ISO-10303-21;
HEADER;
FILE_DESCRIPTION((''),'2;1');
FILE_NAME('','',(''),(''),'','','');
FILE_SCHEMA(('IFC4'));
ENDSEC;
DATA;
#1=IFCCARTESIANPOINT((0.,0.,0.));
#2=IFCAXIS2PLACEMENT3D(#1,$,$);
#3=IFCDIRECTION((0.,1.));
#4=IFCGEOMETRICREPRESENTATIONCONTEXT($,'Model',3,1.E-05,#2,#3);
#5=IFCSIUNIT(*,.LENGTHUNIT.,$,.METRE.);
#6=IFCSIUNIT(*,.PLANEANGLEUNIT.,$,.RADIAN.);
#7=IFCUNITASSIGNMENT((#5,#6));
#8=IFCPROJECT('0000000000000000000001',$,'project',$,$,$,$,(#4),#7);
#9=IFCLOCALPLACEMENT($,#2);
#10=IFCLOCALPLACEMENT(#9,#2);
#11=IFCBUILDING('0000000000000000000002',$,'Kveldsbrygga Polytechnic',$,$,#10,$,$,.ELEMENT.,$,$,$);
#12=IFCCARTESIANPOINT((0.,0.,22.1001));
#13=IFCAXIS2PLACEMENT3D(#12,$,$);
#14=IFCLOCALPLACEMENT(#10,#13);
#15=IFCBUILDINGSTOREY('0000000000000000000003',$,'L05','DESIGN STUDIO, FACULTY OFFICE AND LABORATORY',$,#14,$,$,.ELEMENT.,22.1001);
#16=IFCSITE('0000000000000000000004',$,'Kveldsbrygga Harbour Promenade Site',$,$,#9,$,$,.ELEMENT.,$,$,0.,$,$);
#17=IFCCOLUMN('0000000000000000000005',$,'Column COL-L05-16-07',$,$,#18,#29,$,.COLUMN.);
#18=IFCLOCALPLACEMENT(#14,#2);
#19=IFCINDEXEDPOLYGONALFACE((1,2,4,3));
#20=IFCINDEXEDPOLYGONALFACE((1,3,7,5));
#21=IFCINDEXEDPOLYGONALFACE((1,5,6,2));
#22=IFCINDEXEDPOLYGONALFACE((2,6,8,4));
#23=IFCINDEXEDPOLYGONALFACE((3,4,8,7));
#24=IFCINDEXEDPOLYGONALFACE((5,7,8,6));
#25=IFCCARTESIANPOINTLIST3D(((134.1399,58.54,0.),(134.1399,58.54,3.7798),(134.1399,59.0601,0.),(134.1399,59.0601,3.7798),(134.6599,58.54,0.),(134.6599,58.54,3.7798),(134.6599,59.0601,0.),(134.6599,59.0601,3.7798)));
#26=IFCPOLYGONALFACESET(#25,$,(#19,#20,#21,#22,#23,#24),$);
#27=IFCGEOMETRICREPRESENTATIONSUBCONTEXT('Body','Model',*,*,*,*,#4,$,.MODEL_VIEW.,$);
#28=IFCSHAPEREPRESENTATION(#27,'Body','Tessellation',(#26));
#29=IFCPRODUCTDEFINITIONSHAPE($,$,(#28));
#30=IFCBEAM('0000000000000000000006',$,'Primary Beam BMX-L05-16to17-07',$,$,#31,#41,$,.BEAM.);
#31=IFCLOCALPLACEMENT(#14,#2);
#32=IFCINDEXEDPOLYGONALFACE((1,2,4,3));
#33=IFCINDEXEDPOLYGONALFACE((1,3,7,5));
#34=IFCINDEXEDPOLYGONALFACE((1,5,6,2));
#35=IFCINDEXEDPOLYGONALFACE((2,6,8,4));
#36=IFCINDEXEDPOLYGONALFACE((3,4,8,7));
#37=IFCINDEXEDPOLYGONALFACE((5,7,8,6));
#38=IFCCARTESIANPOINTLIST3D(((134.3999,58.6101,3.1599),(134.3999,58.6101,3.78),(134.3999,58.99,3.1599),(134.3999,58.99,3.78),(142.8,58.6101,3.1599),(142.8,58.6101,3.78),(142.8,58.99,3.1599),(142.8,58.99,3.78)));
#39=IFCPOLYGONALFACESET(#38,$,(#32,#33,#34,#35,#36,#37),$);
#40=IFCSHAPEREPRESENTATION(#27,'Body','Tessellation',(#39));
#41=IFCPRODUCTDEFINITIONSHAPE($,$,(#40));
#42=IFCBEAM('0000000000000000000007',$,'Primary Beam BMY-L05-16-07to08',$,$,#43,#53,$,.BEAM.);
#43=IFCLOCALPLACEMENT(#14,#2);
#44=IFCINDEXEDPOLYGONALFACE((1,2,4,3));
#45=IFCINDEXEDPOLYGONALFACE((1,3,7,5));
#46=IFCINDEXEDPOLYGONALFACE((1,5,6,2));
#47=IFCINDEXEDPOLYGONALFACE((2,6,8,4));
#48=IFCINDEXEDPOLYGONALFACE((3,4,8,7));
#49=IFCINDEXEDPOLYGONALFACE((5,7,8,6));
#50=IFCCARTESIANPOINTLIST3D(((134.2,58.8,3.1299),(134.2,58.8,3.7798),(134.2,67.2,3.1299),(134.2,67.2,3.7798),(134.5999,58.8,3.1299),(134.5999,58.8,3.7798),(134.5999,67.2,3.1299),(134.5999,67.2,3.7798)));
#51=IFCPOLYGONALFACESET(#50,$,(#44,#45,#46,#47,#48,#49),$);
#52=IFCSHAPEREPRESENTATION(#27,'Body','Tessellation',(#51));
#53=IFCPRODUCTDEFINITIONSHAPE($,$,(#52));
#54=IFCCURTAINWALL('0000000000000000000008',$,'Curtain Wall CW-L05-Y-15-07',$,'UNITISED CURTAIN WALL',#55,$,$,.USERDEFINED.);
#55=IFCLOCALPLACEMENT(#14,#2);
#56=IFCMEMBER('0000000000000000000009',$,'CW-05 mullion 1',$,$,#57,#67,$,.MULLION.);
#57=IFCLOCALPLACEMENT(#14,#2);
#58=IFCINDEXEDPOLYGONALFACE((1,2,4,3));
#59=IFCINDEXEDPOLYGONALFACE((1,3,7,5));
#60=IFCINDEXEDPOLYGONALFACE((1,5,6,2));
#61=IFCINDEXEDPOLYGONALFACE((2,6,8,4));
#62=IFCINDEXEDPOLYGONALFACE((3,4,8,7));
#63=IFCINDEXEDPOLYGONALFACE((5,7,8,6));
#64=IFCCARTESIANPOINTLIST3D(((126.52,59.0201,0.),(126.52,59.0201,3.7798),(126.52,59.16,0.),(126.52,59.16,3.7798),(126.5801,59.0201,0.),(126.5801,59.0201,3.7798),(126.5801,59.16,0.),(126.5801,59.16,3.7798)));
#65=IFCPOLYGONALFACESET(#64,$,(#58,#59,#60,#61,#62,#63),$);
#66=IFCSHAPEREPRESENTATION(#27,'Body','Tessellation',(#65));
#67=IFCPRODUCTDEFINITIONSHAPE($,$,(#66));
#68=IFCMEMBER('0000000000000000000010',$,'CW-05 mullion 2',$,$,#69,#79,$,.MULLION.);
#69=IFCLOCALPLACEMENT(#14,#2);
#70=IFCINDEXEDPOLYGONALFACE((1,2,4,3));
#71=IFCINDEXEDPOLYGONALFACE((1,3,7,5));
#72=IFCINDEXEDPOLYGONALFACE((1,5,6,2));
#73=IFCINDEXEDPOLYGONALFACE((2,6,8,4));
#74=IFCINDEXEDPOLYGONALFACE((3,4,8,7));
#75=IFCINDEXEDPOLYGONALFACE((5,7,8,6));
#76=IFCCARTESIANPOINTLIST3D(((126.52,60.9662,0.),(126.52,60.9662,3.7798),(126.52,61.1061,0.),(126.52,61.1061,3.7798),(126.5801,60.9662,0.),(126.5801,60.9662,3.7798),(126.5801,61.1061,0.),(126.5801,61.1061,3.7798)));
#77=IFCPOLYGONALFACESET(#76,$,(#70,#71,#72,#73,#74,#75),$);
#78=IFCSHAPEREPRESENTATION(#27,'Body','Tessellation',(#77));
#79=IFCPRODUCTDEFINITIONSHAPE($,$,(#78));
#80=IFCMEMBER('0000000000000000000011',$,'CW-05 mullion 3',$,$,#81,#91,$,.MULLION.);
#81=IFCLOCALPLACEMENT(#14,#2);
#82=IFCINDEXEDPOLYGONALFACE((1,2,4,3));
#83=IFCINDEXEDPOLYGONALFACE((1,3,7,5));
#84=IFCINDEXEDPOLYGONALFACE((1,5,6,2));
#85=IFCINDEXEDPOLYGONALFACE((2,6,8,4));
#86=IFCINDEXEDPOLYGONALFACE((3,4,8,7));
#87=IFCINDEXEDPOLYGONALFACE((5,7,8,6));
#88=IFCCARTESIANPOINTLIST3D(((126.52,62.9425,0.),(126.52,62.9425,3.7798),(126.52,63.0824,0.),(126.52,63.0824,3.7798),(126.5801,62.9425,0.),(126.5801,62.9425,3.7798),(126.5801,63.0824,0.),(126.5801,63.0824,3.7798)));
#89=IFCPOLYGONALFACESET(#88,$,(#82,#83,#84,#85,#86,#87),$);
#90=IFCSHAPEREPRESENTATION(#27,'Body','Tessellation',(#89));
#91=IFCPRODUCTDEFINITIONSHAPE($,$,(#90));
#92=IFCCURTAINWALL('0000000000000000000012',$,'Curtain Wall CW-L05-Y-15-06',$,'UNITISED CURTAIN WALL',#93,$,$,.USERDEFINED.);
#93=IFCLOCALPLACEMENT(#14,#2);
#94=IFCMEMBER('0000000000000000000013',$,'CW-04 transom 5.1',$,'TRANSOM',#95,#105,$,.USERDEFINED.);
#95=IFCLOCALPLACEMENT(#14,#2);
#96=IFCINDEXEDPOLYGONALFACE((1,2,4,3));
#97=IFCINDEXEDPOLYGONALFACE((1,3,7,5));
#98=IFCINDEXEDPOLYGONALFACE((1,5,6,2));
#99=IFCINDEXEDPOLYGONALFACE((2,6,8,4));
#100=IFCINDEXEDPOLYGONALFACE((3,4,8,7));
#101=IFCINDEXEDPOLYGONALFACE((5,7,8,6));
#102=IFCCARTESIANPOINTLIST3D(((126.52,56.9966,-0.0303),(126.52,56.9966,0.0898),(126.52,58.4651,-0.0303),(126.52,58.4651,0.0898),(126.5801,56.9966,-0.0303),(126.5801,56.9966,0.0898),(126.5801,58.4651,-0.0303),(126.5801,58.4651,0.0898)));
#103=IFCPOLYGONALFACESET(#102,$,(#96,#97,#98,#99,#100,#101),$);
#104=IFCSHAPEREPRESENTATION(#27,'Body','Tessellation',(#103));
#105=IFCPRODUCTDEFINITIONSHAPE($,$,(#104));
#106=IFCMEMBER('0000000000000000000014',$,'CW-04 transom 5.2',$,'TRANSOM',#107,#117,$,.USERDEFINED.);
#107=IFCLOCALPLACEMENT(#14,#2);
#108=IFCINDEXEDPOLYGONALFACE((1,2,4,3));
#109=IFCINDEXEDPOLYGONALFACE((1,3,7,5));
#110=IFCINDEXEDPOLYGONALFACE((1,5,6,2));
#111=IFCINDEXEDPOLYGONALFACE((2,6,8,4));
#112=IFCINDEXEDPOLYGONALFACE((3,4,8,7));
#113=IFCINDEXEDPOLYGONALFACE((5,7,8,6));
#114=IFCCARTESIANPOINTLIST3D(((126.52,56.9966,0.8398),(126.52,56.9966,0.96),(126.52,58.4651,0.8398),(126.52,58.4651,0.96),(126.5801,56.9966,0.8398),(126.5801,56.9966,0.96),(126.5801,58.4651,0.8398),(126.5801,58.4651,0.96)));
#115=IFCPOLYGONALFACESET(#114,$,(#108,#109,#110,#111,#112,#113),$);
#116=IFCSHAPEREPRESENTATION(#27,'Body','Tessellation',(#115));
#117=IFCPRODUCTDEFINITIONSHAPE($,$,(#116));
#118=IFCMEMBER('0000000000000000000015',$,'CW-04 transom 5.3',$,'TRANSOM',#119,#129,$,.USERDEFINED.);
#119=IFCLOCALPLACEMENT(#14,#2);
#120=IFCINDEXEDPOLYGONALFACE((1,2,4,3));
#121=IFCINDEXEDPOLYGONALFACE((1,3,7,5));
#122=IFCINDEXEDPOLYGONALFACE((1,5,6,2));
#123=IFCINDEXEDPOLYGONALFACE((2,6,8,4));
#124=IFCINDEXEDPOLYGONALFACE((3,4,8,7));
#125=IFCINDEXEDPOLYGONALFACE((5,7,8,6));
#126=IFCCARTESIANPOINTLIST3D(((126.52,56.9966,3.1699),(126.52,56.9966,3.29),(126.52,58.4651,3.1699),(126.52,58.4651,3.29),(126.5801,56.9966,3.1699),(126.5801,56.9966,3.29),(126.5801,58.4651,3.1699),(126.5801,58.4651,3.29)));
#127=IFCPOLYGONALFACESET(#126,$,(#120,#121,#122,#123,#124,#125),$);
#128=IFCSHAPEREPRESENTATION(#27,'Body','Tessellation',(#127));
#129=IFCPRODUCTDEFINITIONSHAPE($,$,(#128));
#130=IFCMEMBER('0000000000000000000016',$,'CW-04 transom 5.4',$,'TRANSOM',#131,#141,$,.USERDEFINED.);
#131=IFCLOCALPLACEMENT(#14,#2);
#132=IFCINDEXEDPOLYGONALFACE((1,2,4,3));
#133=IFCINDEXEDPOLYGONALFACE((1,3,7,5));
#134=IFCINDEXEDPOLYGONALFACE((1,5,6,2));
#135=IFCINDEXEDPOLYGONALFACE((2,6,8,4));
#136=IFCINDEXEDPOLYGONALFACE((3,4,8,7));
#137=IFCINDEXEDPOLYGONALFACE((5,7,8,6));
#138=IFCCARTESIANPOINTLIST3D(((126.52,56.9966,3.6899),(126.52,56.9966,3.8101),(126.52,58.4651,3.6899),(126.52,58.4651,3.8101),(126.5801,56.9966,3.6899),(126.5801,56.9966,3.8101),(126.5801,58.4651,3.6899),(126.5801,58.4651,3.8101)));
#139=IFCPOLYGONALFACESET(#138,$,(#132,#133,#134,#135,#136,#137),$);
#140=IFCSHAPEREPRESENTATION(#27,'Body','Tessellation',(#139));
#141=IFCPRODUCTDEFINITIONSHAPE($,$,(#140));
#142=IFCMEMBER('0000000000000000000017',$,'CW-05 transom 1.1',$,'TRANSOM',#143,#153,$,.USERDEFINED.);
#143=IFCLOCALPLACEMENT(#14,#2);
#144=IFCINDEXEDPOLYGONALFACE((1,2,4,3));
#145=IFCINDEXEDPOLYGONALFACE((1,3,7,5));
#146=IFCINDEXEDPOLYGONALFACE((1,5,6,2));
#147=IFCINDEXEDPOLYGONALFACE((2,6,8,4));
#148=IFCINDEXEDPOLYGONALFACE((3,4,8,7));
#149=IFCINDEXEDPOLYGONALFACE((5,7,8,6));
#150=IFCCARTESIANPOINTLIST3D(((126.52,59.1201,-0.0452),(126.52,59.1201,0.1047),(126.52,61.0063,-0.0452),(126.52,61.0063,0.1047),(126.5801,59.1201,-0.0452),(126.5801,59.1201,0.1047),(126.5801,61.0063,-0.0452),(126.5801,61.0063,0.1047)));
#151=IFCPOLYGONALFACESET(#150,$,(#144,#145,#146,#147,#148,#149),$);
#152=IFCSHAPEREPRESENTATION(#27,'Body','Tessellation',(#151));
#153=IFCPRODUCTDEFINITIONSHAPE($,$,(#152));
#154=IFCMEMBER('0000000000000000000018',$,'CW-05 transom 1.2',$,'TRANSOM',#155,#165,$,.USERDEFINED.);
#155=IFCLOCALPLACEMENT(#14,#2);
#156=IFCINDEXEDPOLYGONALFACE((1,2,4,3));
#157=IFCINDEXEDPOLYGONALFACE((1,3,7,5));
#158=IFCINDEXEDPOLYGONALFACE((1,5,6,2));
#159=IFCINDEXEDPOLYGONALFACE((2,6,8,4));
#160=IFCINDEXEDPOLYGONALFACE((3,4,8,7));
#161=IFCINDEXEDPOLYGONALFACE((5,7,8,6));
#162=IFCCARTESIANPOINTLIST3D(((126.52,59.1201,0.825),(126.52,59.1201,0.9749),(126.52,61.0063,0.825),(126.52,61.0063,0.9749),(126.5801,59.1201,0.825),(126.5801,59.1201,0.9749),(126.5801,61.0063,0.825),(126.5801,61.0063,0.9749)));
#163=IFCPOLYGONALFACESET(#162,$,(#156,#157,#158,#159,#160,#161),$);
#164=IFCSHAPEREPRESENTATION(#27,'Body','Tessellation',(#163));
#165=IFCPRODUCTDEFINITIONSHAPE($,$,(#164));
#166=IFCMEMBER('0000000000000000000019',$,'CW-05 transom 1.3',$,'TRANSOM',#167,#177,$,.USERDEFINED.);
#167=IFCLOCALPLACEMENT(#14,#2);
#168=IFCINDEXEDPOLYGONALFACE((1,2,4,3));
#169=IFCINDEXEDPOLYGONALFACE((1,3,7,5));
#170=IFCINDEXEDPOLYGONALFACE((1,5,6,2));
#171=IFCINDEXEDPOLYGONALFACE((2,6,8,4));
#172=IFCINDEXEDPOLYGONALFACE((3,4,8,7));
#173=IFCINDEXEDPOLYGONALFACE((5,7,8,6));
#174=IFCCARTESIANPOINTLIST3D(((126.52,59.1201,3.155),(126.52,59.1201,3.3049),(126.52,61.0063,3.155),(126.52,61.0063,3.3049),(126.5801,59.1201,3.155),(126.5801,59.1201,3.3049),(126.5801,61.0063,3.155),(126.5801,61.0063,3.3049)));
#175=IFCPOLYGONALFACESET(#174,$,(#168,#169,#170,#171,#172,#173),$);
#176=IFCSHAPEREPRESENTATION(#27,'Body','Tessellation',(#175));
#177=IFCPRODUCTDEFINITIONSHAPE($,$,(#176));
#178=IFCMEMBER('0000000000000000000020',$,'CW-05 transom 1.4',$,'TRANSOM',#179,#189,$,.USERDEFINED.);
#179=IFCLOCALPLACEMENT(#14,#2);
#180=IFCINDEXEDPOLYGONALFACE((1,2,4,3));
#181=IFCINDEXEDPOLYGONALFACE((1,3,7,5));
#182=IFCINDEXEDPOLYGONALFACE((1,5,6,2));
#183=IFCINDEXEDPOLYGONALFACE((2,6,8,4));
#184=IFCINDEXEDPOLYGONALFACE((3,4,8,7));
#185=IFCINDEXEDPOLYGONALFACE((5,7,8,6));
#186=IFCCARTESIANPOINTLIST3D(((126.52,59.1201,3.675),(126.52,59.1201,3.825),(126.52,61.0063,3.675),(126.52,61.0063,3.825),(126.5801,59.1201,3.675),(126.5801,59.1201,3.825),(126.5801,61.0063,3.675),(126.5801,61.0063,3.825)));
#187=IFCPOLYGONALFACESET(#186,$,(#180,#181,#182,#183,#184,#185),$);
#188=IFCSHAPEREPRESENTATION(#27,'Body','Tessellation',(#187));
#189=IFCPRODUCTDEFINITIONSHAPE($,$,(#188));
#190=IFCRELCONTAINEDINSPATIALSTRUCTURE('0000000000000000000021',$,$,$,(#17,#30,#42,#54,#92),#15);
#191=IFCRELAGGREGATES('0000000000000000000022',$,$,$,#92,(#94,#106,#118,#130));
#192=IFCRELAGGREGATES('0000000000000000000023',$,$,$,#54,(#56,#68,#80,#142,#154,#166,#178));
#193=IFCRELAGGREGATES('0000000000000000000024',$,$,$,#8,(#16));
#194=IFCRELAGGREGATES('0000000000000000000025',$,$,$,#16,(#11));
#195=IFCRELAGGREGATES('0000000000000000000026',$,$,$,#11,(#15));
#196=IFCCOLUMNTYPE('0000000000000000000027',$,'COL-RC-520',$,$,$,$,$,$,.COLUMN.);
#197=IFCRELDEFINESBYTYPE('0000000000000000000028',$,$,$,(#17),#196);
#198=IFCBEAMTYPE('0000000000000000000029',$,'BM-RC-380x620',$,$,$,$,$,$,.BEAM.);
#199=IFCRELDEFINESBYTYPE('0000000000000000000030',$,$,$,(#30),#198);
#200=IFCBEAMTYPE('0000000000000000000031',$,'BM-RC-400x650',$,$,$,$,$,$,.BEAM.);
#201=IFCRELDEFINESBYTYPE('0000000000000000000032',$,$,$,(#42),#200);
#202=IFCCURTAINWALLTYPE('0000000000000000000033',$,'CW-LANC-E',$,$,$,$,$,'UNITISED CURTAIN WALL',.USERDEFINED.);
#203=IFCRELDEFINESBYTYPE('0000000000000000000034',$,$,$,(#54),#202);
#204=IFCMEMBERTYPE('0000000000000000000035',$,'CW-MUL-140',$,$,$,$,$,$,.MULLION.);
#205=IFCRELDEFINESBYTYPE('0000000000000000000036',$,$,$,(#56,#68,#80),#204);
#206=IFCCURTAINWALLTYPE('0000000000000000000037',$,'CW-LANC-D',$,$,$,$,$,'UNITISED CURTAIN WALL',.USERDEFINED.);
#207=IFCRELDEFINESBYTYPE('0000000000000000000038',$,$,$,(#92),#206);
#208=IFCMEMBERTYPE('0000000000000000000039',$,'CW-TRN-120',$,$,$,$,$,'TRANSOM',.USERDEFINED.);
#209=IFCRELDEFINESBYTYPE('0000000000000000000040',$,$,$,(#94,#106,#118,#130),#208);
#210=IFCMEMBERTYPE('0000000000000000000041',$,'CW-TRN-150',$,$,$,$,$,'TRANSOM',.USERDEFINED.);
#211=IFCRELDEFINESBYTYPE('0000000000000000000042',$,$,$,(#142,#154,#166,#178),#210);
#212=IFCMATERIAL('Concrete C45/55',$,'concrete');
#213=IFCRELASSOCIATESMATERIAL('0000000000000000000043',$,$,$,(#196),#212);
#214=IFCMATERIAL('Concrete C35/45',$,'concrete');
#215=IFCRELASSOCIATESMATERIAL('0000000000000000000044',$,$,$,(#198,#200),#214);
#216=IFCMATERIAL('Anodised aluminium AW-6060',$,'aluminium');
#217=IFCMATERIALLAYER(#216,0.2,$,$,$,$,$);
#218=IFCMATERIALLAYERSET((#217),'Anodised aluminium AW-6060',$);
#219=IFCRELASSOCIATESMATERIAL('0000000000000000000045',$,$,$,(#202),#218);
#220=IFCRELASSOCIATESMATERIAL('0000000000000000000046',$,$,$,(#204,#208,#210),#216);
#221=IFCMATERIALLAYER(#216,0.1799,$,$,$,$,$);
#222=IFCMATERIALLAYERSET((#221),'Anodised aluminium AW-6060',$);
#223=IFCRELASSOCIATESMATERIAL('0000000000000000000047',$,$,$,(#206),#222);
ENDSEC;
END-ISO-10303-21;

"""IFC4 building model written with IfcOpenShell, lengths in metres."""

from ifc_helpers import new_model, si_unit, direction, frame, origin, origin_2d, place, context, subcontext, project, spatial, rectangle, extrude, material, layer, layer_set, material_profile, profile_set, type_object, element, aggregate, save


model = new_model("IFC4")

# Units and contexts
model_context = context("Model", 3, precision=1e-05, world=origin(), true_north=direction((0.0, 1.0)))
body_context = subcontext(model_context, "Body", "Model", "MODEL_VIEW")
ifc_project = project(units=[si_unit("LENGTHUNIT", "METRE"), si_unit("PLANEANGLEUNIT", "RADIAN")], contexts=[model_context])

# Site, building, storey
site_placement = place(None, origin())
site = spatial("IfcSite", under=ifc_project, at=site_placement, Name="Kveldsbrygga Harbour Promenade Site", CompositionType="ELEMENT", RefElevation=0.0)
building_placement = place(site_placement, origin())
building = spatial("IfcBuilding", under=site, at=building_placement, Name="Kveldsbrygga Polytechnic", CompositionType="ELEMENT")
storey_placement = place(building_placement, frame((0.0, 0.0, 22.1001)))
storey = spatial("IfcBuildingStorey", under=building, at=storey_placement, Name="L05", Description="DESIGN STUDIO, FACULTY OFFICE AND LABORATORY", CompositionType="ELEMENT", Elevation=22.1001)

# Column
ifc_material_1 = material(Name="Concrete C45/55", Category="concrete")
ifc_material_profile_1 = material_profile(ifc_material_1, rectangle(XDim=0.52, YDim=0.52, at=origin_2d()), Name="RC 520x520")
ifc_profile_set_1 = profile_set([ifc_material_profile_1], Name="Concrete C45/55")
column_type = type_object("IfcColumnType", Name="COL-RC-520", PredefinedType="COLUMN", material=ifc_profile_set_1)
column_placement = place(storey_placement, frame((134.3999, 58.8, 0.0), z_axis=(0.0, 0.0, 1.0), x_axis=(1.0, 0.0, 0.0)))
element("IfcColumn", 1, at=column_placement, inside=storey, type_object=column_type, Name="Column COL-L05-16-07", PredefinedType="COLUMN", context=body_context, shape_type="SweptSolid", body=[
    extrude(rectangle(XDim=0.52, YDim=0.52, at=origin_2d()), origin(), (0.0, 0.0, 1.0), 3.7798),
])

# Beams
ifc_material_2 = material(Name="Concrete C35/45", Category="concrete")
ifc_material_profile_2 = material_profile(ifc_material_2, rectangle(XDim=0.3799, YDim=0.6201, at=origin_2d()), Name="RC 380x620")
ifc_profile_set_2 = profile_set([ifc_material_profile_2], Name="Concrete C35/45")
beam_type_1 = type_object("IfcBeamType", Name="BM-RC-380x620", PredefinedType="BEAM", material=ifc_profile_set_2)
beam_1_placement = place(storey_placement, frame((134.3999, 58.8, 3.47), z_axis=(1.0, 0.0, 0.0), x_axis=(0.0, 1.0, 0.0)))
element("IfcBeam", 2, at=beam_1_placement, inside=storey, type_object=beam_type_1, Name="Primary Beam BMX-L05-16to17-07", PredefinedType="BEAM", context=body_context, shape_type="SweptSolid", body=[
    extrude(rectangle(XDim=0.3799, YDim=0.6201, at=origin_2d()), origin(), (0.0, 0.0, 1.0), 8.4001),
])
ifc_material_profile_3 = material_profile(ifc_material_2, rectangle(XDim=0.3999, YDim=0.6499, at=origin_2d()), Name="RC 400x650")
ifc_profile_set_3 = profile_set([ifc_material_profile_3], Name="Concrete C35/45")
beam_type_2 = type_object("IfcBeamType", Name="BM-RC-400x650", PredefinedType="BEAM", material=ifc_profile_set_3)
beam_2_placement = place(storey_placement, frame((134.3999, 58.8, 3.4548), z_axis=(0.0, 1.0, 0.0), x_axis=(-1.0, 0.0, 0.0)))
element("IfcBeam", 3, at=beam_2_placement, inside=storey, type_object=beam_type_2, Name="Primary Beam BMY-L05-16-07to08", PredefinedType="BEAM", context=body_context, shape_type="SweptSolid", body=[
    extrude(rectangle(XDim=0.3999, YDim=0.6499, at=origin_2d()), origin(), (0.0, 0.0, 1.0), 8.3999),
])

# Curtain walls, members
ifc_material_3 = material(Name="Anodised aluminium AW-6060", Category="aluminium")
ifc_layer_1 = layer(ifc_material_3, 0.2)
ifc_layer_set_1 = layer_set([ifc_layer_1], Name="Anodised aluminium AW-6060")
curtain_wall_type_1 = type_object("IfcCurtainWallType", Name="CW-LANC-E", ElementType="UNITISED CURTAIN WALL", PredefinedType="USERDEFINED", material=ifc_layer_set_1)
curtain_wall_1_placement = place(storey_placement, origin())
curtain_wall_1 = element("IfcCurtainWall", 4, at=curtain_wall_1_placement, inside=storey, type_object=curtain_wall_type_1, Name="Curtain Wall CW-L05-Y-15-07", ObjectType="UNITISED CURTAIN WALL", PredefinedType="USERDEFINED")
ifc_material_profile_4 = material_profile(ifc_material_3, rectangle(XDim=0.0601, YDim=0.1399, at=origin_2d()), Name="ALU 60x140")
ifc_profile_set_4 = profile_set([ifc_material_profile_4], Name="Anodised aluminium AW-6060")
member_type_1 = type_object("IfcMemberType", Name="CW-MUL-140", PredefinedType="MULLION", material=ifc_profile_set_4)
member_1_placement = place(storey_placement, frame((126.55, 59.0901, 0.0), z_axis=(0.0, 0.0, 1.0), x_axis=(-1.0, 0.0, 0.0)))
member_1 = element("IfcMember", 5, at=member_1_placement, type_object=member_type_1, Name="CW-05 mullion 1", PredefinedType="MULLION", context=body_context, shape_type="SweptSolid", body=[
    extrude(rectangle(XDim=0.0601, YDim=0.1399, at=origin_2d()), origin(), (0.0, 0.0, 1.0), 3.7798),
])
member_2_placement = place(storey_placement, frame((126.55, 61.0361, 0.0), z_axis=(0.0, 0.0, 1.0), x_axis=(-1.0, 0.0, 0.0)))
member_2 = element("IfcMember", 6, at=member_2_placement, type_object=member_type_1, Name="CW-05 mullion 2", PredefinedType="MULLION", context=body_context, shape_type="SweptSolid", body=[
    extrude(rectangle(XDim=0.0601, YDim=0.1399, at=origin_2d()), origin(), (0.0, 0.0, 1.0), 3.7798),
])
member_3_placement = place(storey_placement, frame((126.55, 63.0125, 0.0), z_axis=(0.0, 0.0, 1.0), x_axis=(-1.0, 0.0, 0.0)))
member_3 = element("IfcMember", 7, at=member_3_placement, type_object=member_type_1, Name="CW-05 mullion 3", PredefinedType="MULLION", context=body_context, shape_type="SweptSolid", body=[
    extrude(rectangle(XDim=0.0601, YDim=0.1399, at=origin_2d()), origin(), (0.0, 0.0, 1.0), 3.7798),
])
ifc_layer_2 = layer(ifc_material_3, 0.1799)
ifc_layer_set_2 = layer_set([ifc_layer_2], Name="Anodised aluminium AW-6060")
curtain_wall_type_2 = type_object("IfcCurtainWallType", Name="CW-LANC-D", ElementType="UNITISED CURTAIN WALL", PredefinedType="USERDEFINED", material=ifc_layer_set_2)
curtain_wall_2_placement = place(storey_placement, origin())
curtain_wall_2 = element("IfcCurtainWall", 8, at=curtain_wall_2_placement, inside=storey, type_object=curtain_wall_type_2, Name="Curtain Wall CW-L05-Y-15-06", ObjectType="UNITISED CURTAIN WALL", PredefinedType="USERDEFINED")
ifc_material_profile_5 = material_profile(ifc_material_3, rectangle(XDim=0.0601, YDim=0.1201, at=origin_2d()), Name="ALU 60x120")
ifc_profile_set_5 = profile_set([ifc_material_profile_5], Name="Anodised aluminium AW-6060")
member_type_2 = type_object("IfcMemberType", Name="CW-TRN-120", ElementType="TRANSOM", PredefinedType="USERDEFINED", material=ifc_profile_set_5)
member_4_placement = place(storey_placement, frame((126.55, 56.9966, 0.0298), z_axis=(0.0, 1.0, 0.0), x_axis=(-1.0, 0.0, 0.0)))
member_4 = element("IfcMember", 9, at=member_4_placement, type_object=member_type_2, Name="CW-04 transom 5.1", ObjectType="TRANSOM", PredefinedType="USERDEFINED", context=body_context, shape_type="SweptSolid", body=[
    extrude(rectangle(XDim=0.0601, YDim=0.1201, at=origin_2d()), origin(), (0.0, 0.0, 1.0), 1.4685),
])
member_5_placement = place(storey_placement, frame((126.55, 56.9966, 0.8999), z_axis=(0.0, 1.0, 0.0), x_axis=(-1.0, 0.0, 0.0)))
member_5 = element("IfcMember", 10, at=member_5_placement, type_object=member_type_2, Name="CW-04 transom 5.2", ObjectType="TRANSOM", PredefinedType="USERDEFINED", context=body_context, shape_type="SweptSolid", body=[
    extrude(rectangle(XDim=0.0601, YDim=0.1201, at=origin_2d()), origin(), (0.0, 0.0, 1.0), 1.4685),
])
member_6_placement = place(storey_placement, frame((126.55, 56.9966, 3.23), z_axis=(0.0, 1.0, 0.0), x_axis=(-1.0, 0.0, 0.0)))
member_6 = element("IfcMember", 11, at=member_6_placement, type_object=member_type_2, Name="CW-04 transom 5.3", ObjectType="TRANSOM", PredefinedType="USERDEFINED", context=body_context, shape_type="SweptSolid", body=[
    extrude(rectangle(XDim=0.0601, YDim=0.1201, at=origin_2d()), origin(), (0.0, 0.0, 1.0), 1.4685),
])
member_7_placement = place(storey_placement, frame((126.55, 56.9966, 3.75), z_axis=(0.0, 1.0, 0.0), x_axis=(-1.0, 0.0, 0.0)))
member_7 = element("IfcMember", 12, at=member_7_placement, type_object=member_type_2, Name="CW-04 transom 5.4", ObjectType="TRANSOM", PredefinedType="USERDEFINED", context=body_context, shape_type="SweptSolid", body=[
    extrude(rectangle(XDim=0.0601, YDim=0.1201, at=origin_2d()), origin(), (0.0, 0.0, 1.0), 1.4685),
])

# Members
ifc_material_profile_6 = material_profile(ifc_material_3, rectangle(XDim=0.0601, YDim=0.1499, at=origin_2d()), Name="ALU 60x150")
ifc_profile_set_6 = profile_set([ifc_material_profile_6], Name="Anodised aluminium AW-6060")
member_type_3 = type_object("IfcMemberType", Name="CW-TRN-150", ElementType="TRANSOM", PredefinedType="USERDEFINED", material=ifc_profile_set_6)
member_8_placement = place(storey_placement, frame((126.55, 59.1201, 0.0298), z_axis=(0.0, 1.0, 0.0), x_axis=(-1.0, 0.0, 0.0)))
member_8 = element("IfcMember", 13, at=member_8_placement, type_object=member_type_3, Name="CW-05 transom 1.1", ObjectType="TRANSOM", PredefinedType="USERDEFINED", context=body_context, shape_type="SweptSolid", body=[
    extrude(rectangle(XDim=0.0601, YDim=0.1499, at=origin_2d()), origin(), (0.0, 0.0, 1.0), 1.8862),
])
member_9_placement = place(storey_placement, frame((126.55, 59.1201, 0.8999), z_axis=(0.0, 1.0, 0.0), x_axis=(-1.0, 0.0, 0.0)))
member_9 = element("IfcMember", 14, at=member_9_placement, type_object=member_type_3, Name="CW-05 transom 1.2", ObjectType="TRANSOM", PredefinedType="USERDEFINED", context=body_context, shape_type="SweptSolid", body=[
    extrude(rectangle(XDim=0.0601, YDim=0.1499, at=origin_2d()), origin(), (0.0, 0.0, 1.0), 1.8862),
])
member_10_placement = place(storey_placement, frame((126.55, 59.1201, 3.23), z_axis=(0.0, 1.0, 0.0), x_axis=(-1.0, 0.0, 0.0)))
member_10 = element("IfcMember", 15, at=member_10_placement, type_object=member_type_3, Name="CW-05 transom 1.3", ObjectType="TRANSOM", PredefinedType="USERDEFINED", context=body_context, shape_type="SweptSolid", body=[
    extrude(rectangle(XDim=0.0601, YDim=0.1499, at=origin_2d()), origin(), (0.0, 0.0, 1.0), 1.8862),
])
member_11_placement = place(storey_placement, frame((126.55, 59.1201, 3.75), z_axis=(0.0, 1.0, 0.0), x_axis=(-1.0, 0.0, 0.0)))
member_11 = element("IfcMember", 16, at=member_11_placement, type_object=member_type_3, Name="CW-05 transom 1.4", ObjectType="TRANSOM", PredefinedType="USERDEFINED", context=body_context, shape_type="SweptSolid", body=[
    extrude(rectangle(XDim=0.0601, YDim=0.1499, at=origin_2d()), origin(), (0.0, 0.0, 1.0), 1.8862),
])

aggregate(curtain_wall_2, [member_4, member_5, member_6, member_7])
aggregate(curtain_wall_1, [member_1, member_2, member_3, member_8, member_9, member_10, member_11])

save(model, "model.ifc")
